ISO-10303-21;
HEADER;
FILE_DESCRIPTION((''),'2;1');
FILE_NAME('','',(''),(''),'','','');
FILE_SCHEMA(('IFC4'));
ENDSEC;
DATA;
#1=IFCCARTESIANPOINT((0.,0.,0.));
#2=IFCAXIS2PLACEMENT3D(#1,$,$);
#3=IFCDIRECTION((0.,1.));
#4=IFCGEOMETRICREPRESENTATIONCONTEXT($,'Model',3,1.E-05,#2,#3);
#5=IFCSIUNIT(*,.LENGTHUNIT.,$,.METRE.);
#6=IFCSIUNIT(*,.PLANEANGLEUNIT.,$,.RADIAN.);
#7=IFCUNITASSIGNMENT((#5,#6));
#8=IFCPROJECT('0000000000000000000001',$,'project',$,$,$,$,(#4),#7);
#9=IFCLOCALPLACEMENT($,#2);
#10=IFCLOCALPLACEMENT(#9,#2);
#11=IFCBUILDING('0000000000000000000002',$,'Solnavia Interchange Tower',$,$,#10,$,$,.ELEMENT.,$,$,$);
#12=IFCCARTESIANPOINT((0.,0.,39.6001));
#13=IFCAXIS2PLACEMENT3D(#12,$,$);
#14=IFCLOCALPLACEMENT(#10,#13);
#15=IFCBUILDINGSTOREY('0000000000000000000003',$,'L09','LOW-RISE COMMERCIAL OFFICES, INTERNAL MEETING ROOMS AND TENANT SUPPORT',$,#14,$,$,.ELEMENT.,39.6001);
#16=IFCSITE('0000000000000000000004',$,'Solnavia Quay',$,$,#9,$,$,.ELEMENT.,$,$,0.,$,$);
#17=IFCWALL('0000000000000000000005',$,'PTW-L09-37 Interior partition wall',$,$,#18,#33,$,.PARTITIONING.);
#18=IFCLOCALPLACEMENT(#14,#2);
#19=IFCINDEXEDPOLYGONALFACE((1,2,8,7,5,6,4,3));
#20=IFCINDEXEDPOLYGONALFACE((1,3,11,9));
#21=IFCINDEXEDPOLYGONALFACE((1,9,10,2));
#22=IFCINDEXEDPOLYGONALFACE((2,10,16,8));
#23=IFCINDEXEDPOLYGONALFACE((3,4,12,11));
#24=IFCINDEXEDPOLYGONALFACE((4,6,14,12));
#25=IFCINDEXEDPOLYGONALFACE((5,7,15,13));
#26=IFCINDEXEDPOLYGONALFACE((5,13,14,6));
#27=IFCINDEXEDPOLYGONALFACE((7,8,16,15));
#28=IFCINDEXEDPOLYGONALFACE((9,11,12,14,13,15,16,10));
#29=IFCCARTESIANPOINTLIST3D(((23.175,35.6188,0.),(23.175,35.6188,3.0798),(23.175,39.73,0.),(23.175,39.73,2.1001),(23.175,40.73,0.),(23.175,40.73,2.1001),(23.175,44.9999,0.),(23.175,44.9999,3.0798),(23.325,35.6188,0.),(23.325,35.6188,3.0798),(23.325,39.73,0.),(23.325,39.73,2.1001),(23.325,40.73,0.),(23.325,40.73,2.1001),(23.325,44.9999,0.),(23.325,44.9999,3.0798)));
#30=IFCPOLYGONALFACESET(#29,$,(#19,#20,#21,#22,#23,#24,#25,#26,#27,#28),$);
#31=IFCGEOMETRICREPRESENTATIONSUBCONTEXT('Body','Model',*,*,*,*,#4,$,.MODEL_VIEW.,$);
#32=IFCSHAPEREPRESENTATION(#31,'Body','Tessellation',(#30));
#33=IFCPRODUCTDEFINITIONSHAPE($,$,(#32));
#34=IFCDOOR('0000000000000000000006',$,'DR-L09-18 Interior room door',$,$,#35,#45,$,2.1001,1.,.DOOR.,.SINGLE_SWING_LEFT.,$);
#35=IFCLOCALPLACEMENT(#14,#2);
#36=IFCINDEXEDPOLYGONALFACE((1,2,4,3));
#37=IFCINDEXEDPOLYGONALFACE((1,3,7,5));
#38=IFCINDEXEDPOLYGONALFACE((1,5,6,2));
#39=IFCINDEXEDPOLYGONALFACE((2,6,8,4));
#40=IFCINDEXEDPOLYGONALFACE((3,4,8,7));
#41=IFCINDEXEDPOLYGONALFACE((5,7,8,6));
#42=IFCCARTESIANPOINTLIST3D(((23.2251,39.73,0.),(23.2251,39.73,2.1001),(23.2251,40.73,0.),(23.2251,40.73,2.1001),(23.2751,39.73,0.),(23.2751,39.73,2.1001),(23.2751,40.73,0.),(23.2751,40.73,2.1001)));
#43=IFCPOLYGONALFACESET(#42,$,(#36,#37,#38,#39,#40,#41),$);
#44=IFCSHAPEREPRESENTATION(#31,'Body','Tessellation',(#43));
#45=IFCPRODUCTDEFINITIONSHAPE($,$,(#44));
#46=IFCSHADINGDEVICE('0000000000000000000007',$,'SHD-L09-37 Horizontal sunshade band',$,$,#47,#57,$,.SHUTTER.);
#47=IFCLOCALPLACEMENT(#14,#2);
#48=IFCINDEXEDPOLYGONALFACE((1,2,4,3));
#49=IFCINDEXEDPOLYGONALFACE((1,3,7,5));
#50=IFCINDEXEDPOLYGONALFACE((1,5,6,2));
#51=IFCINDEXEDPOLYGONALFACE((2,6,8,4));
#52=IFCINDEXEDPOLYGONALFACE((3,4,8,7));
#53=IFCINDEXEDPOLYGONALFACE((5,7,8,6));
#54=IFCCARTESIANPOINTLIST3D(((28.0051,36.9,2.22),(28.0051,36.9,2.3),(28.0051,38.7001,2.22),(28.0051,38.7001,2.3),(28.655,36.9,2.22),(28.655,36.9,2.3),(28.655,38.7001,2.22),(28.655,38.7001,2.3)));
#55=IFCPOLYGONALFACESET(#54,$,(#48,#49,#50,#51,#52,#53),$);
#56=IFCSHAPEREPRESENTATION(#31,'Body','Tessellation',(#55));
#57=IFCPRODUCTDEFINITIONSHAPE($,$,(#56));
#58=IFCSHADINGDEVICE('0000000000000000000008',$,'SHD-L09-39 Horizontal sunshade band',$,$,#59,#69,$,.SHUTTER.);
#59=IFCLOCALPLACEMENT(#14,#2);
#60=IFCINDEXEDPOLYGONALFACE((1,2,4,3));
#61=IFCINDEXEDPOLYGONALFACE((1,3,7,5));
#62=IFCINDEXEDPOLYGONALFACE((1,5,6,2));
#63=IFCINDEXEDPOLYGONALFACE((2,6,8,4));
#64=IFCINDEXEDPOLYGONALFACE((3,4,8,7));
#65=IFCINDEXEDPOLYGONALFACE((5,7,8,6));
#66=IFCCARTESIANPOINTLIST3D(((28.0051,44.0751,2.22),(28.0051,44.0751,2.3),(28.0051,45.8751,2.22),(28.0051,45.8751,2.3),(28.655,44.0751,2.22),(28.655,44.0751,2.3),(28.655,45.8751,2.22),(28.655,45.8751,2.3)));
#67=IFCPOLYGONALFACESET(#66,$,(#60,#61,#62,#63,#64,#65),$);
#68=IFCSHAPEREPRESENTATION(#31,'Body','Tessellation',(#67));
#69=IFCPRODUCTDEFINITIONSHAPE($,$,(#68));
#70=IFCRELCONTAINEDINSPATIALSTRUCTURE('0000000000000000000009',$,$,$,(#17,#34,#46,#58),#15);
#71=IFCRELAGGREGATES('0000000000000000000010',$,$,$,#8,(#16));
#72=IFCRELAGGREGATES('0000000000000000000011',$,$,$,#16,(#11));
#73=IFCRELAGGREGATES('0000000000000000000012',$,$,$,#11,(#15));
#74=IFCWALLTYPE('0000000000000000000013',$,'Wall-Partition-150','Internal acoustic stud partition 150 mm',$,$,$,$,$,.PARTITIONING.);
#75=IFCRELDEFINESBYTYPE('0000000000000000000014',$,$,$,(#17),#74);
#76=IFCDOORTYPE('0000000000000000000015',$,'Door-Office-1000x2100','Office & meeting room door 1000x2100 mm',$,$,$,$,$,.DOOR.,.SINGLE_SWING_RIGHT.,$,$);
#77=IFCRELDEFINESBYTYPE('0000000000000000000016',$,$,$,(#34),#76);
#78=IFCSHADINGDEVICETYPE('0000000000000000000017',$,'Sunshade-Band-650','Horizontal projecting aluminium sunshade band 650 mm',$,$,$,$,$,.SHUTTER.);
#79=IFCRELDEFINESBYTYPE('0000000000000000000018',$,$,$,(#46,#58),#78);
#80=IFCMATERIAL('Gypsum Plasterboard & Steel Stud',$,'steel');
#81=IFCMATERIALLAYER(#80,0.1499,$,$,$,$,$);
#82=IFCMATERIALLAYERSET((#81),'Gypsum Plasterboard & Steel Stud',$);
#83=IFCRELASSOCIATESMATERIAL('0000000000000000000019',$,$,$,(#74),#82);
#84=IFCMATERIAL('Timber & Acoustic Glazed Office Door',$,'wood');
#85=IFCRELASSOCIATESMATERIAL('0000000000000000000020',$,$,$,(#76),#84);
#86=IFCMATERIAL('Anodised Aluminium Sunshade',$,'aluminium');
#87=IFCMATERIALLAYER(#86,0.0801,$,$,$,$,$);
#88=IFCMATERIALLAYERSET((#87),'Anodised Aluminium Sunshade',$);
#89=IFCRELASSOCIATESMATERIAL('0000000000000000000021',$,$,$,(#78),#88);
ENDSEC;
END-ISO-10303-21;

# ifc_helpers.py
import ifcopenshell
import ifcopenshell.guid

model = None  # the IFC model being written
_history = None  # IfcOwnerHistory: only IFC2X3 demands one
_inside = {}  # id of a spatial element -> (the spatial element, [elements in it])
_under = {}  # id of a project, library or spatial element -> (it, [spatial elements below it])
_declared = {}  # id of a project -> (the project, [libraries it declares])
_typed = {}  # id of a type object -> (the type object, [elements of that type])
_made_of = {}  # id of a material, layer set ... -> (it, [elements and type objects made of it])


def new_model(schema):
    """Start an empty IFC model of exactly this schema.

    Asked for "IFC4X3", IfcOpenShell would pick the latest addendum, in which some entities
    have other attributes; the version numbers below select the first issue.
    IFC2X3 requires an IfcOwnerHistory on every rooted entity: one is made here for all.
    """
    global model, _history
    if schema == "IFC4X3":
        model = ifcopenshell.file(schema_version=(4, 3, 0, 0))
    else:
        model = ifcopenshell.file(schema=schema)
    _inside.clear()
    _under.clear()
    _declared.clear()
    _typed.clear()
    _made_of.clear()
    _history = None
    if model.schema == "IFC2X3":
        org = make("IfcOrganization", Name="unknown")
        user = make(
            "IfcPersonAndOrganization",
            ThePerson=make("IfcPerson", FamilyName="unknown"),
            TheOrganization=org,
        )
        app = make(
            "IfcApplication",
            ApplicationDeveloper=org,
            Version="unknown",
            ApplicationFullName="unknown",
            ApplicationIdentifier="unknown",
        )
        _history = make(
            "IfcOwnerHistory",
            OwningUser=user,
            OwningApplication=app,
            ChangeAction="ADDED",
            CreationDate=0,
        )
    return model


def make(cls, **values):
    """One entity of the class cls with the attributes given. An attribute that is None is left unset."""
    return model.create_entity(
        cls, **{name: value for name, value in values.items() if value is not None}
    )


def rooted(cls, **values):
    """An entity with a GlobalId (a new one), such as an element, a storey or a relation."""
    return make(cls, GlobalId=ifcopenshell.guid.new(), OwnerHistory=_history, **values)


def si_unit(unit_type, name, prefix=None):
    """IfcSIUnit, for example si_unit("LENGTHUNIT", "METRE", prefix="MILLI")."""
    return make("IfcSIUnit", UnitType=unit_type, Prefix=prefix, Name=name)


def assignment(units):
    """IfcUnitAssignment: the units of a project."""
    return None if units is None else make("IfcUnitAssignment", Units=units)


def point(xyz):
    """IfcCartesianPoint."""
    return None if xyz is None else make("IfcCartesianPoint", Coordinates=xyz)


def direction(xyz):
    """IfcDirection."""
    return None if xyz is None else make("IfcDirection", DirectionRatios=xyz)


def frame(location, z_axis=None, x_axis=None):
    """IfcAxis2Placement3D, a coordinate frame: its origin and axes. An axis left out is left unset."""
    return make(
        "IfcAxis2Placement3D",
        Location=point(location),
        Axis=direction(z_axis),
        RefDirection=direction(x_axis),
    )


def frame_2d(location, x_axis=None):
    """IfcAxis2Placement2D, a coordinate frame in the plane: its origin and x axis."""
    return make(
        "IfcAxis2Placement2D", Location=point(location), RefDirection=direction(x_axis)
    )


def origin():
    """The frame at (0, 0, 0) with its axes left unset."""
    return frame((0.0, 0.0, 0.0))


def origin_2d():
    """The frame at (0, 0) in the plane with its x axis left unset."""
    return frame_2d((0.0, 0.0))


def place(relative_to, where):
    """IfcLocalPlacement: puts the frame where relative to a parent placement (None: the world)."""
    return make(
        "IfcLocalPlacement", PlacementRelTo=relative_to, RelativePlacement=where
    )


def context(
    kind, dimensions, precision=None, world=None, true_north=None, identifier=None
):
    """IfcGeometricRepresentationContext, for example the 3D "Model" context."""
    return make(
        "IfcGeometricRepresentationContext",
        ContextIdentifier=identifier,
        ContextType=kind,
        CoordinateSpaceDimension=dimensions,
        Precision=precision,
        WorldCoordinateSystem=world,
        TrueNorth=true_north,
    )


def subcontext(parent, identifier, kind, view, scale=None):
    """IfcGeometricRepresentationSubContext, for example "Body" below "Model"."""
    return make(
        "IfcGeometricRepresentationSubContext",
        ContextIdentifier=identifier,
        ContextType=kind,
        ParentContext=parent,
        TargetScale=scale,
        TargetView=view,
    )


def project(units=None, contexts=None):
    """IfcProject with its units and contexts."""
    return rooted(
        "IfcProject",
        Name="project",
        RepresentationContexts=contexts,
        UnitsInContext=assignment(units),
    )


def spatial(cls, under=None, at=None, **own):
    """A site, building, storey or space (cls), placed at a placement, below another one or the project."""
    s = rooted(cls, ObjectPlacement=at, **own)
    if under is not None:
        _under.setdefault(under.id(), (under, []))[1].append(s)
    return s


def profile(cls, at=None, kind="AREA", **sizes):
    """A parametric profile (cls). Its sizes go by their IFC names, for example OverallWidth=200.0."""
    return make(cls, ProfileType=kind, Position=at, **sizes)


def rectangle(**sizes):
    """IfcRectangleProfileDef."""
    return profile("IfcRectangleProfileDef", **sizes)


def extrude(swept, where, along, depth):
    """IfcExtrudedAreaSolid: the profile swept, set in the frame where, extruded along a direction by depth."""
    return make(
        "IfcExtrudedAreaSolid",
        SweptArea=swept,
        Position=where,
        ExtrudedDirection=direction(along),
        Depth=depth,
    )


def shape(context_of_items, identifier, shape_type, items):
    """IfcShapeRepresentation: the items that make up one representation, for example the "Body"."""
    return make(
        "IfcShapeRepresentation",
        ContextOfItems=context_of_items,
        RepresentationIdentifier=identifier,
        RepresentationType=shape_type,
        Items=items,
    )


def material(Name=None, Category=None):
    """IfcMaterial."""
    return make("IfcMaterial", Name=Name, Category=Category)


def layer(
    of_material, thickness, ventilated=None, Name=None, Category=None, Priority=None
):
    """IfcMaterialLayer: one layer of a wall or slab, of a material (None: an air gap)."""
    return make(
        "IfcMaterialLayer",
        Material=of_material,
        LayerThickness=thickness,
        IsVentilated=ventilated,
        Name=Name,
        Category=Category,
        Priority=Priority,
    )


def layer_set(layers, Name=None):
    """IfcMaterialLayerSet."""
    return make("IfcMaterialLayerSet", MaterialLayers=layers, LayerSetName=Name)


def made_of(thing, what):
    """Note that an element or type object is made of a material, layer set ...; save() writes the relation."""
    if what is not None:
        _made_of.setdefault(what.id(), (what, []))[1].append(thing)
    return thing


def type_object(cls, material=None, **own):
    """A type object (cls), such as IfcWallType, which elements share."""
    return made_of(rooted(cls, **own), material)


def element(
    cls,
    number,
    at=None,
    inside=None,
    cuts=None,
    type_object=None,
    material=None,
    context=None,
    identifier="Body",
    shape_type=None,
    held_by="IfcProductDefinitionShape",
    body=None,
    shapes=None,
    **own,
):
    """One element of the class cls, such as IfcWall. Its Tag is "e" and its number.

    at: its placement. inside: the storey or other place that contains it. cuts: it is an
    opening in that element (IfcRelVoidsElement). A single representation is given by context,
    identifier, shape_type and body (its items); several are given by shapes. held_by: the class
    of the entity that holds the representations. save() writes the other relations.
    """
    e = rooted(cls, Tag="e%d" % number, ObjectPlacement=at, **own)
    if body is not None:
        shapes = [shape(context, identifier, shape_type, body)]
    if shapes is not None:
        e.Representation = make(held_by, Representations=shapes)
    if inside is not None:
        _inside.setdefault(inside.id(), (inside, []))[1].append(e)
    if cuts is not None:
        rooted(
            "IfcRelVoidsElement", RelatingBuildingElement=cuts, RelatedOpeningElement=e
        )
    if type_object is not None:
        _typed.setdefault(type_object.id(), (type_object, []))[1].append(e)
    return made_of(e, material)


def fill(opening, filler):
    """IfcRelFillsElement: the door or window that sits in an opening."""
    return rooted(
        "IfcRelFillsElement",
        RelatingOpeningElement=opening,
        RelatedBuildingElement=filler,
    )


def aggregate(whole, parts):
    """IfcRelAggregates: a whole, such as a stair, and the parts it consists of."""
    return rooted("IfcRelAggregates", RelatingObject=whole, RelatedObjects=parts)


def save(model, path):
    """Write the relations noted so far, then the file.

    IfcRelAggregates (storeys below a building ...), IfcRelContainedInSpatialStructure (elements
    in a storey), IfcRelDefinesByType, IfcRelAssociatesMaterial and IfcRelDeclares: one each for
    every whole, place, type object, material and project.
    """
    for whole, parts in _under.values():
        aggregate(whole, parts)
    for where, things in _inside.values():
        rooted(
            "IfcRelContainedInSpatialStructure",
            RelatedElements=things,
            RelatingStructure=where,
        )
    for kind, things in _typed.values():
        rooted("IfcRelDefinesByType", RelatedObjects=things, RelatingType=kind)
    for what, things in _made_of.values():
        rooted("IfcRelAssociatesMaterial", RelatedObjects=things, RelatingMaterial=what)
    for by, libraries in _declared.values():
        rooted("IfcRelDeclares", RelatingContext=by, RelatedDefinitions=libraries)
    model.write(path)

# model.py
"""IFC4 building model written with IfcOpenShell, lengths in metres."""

from ifc_helpers import new_model, si_unit, direction, frame, frame_2d, origin, origin_2d, place, context, subcontext, project, spatial, rectangle, extrude, material, layer, layer_set, type_object, element, fill, save


model = new_model("IFC4")

# Units and contexts
model_context = context("Model", 3, precision=1e-05, world=origin(), true_north=direction((0.0, 1.0)))
body_context = subcontext(model_context, "Body", "Model", "MODEL_VIEW")
ifc_project = project(units=[si_unit("LENGTHUNIT", "METRE"), si_unit("PLANEANGLEUNIT", "RADIAN")], contexts=[model_context])

# Site, building, storey
site_placement = place(None, origin())
site = spatial("IfcSite", under=ifc_project, at=site_placement, Name="Solnavia Quay", CompositionType="ELEMENT", RefElevation=0.0)
building_placement = place(site_placement, origin())
building = spatial("IfcBuilding", under=site, at=building_placement, Name="Solnavia Interchange Tower", CompositionType="ELEMENT")
storey_placement = place(building_placement, frame((0.0, 0.0, 39.6001)))
storey = spatial("IfcBuildingStorey", under=building, at=storey_placement, Name="L09", Description="LOW-RISE COMMERCIAL OFFICES, INTERNAL MEETING ROOMS AND TENANT SUPPORT", CompositionType="ELEMENT", Elevation=39.6001)

# Shared definitions
ifc_material_1 = material(Name="Gypsum Plasterboard & Steel Stud", Category="steel")
ifc_layer_1 = layer(ifc_material_1, 0.1499)
ifc_layer_set_1 = layer_set([ifc_layer_1], Name="Gypsum Plasterboard & Steel Stud")
wall_type_1 = type_object("IfcWallType", Name="Wall-Partition-150", Description="Internal acoustic stud partition 150 mm", PredefinedType="PARTITIONING", material=ifc_layer_set_1)

# Wall, opening, door
wall_1_placement = place(storey_placement, frame((23.25, 35.6189, 0.0), z_axis=(0.0, 0.0, 1.0), x_axis=(0.0, 1.0, 0.0)))
wall_1 = element("IfcWall", 1, at=wall_1_placement, inside=storey, type_object=wall_type_1, Name="PTW-L09-37 Interior partition wall", PredefinedType="PARTITIONING", context=body_context, shape_type="SweptSolid", body=[
    extrude(rectangle(XDim=9.3811, YDim=0.1499, at=frame_2d((4.6904, 0.0))), origin(), (0.0, 0.0, 1.0), 3.0798),
])
opening_1_placement = place(wall_1_placement, frame((4.1111, 0.0, 0.0)))
opening_1 = element("IfcOpeningElement", 2, at=opening_1_placement, cuts=wall_1, PredefinedType="OPENING", context=body_context, shape_type="SweptSolid", body=[
    extrude(rectangle(XDim=1.0, YDim=2.1001, at=frame_2d((0.5, 1.05))), frame((0.0, 0.085, 0.0), z_axis=(0.0, -1.0, 0.0), x_axis=(1.0, 0.0, 0.0)), (0.0, 0.0, 1.0), 0.1699),
])
ifc_material_2 = material(Name="Timber & Acoustic Glazed Office Door", Category="wood")
door_type = type_object("IfcDoorType", Name="Door-Office-1000x2100", Description="Office & meeting room door 1000x2100 mm", OperationType="SINGLE_SWING_RIGHT", PredefinedType="DOOR", material=ifc_material_2)
door_placement = place(opening_1_placement, origin())
door = element("IfcDoor", 3, at=door_placement, inside=storey, type_object=door_type, Name="DR-L09-18 Interior room door", OperationType="SINGLE_SWING_LEFT", OverallHeight=2.1001, OverallWidth=1.0, PredefinedType="DOOR", context=body_context, shape_type="SweptSolid", body=[
    extrude(rectangle(XDim=1.0, YDim=2.1001, at=frame_2d((0.5, 1.05))), frame((0.0, 0.0249, 0.0), z_axis=(0.0, -1.0, 0.0), x_axis=(1.0, 0.0, 0.0)), (0.0, 0.0, 1.0), 0.05),
])
fill(opening_1, door)

# Shading devices
ifc_material_3 = material(Name="Anodised Aluminium Sunshade", Category="aluminium")
ifc_layer_2 = layer(ifc_material_3, 0.0801)
ifc_layer_set_2 = layer_set([ifc_layer_2], Name="Anodised Aluminium Sunshade")
shading_device_type = type_object("IfcShadingDeviceType", Name="Sunshade-Band-650", Description="Horizontal projecting aluminium sunshade band 650 mm", PredefinedType="SHUTTER", material=ifc_layer_set_2)
for number, where, z_axis, x_axis, name in (
    (4, (28.3301, 37.8, 2.22), (0.0, 0.0, 1.0), (0.0, 1.0, 0.0), "SHD-L09-37 Horizontal sunshade band"),
    (5, (28.3301, 44.9751, 2.22), (0.0, 0.0, 1.0), (0.0, 1.0, 0.0), "SHD-L09-39 Horizontal sunshade band"),
):
    element("IfcShadingDevice", number, at=place(storey_placement, frame(where, z_axis=z_axis, x_axis=x_axis)), inside=storey, type_object=shading_device_type, Name=name, PredefinedType="SHUTTER", context=body_context, shape_type="SweptSolid", body=[
        extrude(rectangle(XDim=1.8, YDim=0.6499, at=origin_2d()), origin(), (0.0, 0.0, 1.0), 0.0801),
    ])

save(model, "model.ifc")
